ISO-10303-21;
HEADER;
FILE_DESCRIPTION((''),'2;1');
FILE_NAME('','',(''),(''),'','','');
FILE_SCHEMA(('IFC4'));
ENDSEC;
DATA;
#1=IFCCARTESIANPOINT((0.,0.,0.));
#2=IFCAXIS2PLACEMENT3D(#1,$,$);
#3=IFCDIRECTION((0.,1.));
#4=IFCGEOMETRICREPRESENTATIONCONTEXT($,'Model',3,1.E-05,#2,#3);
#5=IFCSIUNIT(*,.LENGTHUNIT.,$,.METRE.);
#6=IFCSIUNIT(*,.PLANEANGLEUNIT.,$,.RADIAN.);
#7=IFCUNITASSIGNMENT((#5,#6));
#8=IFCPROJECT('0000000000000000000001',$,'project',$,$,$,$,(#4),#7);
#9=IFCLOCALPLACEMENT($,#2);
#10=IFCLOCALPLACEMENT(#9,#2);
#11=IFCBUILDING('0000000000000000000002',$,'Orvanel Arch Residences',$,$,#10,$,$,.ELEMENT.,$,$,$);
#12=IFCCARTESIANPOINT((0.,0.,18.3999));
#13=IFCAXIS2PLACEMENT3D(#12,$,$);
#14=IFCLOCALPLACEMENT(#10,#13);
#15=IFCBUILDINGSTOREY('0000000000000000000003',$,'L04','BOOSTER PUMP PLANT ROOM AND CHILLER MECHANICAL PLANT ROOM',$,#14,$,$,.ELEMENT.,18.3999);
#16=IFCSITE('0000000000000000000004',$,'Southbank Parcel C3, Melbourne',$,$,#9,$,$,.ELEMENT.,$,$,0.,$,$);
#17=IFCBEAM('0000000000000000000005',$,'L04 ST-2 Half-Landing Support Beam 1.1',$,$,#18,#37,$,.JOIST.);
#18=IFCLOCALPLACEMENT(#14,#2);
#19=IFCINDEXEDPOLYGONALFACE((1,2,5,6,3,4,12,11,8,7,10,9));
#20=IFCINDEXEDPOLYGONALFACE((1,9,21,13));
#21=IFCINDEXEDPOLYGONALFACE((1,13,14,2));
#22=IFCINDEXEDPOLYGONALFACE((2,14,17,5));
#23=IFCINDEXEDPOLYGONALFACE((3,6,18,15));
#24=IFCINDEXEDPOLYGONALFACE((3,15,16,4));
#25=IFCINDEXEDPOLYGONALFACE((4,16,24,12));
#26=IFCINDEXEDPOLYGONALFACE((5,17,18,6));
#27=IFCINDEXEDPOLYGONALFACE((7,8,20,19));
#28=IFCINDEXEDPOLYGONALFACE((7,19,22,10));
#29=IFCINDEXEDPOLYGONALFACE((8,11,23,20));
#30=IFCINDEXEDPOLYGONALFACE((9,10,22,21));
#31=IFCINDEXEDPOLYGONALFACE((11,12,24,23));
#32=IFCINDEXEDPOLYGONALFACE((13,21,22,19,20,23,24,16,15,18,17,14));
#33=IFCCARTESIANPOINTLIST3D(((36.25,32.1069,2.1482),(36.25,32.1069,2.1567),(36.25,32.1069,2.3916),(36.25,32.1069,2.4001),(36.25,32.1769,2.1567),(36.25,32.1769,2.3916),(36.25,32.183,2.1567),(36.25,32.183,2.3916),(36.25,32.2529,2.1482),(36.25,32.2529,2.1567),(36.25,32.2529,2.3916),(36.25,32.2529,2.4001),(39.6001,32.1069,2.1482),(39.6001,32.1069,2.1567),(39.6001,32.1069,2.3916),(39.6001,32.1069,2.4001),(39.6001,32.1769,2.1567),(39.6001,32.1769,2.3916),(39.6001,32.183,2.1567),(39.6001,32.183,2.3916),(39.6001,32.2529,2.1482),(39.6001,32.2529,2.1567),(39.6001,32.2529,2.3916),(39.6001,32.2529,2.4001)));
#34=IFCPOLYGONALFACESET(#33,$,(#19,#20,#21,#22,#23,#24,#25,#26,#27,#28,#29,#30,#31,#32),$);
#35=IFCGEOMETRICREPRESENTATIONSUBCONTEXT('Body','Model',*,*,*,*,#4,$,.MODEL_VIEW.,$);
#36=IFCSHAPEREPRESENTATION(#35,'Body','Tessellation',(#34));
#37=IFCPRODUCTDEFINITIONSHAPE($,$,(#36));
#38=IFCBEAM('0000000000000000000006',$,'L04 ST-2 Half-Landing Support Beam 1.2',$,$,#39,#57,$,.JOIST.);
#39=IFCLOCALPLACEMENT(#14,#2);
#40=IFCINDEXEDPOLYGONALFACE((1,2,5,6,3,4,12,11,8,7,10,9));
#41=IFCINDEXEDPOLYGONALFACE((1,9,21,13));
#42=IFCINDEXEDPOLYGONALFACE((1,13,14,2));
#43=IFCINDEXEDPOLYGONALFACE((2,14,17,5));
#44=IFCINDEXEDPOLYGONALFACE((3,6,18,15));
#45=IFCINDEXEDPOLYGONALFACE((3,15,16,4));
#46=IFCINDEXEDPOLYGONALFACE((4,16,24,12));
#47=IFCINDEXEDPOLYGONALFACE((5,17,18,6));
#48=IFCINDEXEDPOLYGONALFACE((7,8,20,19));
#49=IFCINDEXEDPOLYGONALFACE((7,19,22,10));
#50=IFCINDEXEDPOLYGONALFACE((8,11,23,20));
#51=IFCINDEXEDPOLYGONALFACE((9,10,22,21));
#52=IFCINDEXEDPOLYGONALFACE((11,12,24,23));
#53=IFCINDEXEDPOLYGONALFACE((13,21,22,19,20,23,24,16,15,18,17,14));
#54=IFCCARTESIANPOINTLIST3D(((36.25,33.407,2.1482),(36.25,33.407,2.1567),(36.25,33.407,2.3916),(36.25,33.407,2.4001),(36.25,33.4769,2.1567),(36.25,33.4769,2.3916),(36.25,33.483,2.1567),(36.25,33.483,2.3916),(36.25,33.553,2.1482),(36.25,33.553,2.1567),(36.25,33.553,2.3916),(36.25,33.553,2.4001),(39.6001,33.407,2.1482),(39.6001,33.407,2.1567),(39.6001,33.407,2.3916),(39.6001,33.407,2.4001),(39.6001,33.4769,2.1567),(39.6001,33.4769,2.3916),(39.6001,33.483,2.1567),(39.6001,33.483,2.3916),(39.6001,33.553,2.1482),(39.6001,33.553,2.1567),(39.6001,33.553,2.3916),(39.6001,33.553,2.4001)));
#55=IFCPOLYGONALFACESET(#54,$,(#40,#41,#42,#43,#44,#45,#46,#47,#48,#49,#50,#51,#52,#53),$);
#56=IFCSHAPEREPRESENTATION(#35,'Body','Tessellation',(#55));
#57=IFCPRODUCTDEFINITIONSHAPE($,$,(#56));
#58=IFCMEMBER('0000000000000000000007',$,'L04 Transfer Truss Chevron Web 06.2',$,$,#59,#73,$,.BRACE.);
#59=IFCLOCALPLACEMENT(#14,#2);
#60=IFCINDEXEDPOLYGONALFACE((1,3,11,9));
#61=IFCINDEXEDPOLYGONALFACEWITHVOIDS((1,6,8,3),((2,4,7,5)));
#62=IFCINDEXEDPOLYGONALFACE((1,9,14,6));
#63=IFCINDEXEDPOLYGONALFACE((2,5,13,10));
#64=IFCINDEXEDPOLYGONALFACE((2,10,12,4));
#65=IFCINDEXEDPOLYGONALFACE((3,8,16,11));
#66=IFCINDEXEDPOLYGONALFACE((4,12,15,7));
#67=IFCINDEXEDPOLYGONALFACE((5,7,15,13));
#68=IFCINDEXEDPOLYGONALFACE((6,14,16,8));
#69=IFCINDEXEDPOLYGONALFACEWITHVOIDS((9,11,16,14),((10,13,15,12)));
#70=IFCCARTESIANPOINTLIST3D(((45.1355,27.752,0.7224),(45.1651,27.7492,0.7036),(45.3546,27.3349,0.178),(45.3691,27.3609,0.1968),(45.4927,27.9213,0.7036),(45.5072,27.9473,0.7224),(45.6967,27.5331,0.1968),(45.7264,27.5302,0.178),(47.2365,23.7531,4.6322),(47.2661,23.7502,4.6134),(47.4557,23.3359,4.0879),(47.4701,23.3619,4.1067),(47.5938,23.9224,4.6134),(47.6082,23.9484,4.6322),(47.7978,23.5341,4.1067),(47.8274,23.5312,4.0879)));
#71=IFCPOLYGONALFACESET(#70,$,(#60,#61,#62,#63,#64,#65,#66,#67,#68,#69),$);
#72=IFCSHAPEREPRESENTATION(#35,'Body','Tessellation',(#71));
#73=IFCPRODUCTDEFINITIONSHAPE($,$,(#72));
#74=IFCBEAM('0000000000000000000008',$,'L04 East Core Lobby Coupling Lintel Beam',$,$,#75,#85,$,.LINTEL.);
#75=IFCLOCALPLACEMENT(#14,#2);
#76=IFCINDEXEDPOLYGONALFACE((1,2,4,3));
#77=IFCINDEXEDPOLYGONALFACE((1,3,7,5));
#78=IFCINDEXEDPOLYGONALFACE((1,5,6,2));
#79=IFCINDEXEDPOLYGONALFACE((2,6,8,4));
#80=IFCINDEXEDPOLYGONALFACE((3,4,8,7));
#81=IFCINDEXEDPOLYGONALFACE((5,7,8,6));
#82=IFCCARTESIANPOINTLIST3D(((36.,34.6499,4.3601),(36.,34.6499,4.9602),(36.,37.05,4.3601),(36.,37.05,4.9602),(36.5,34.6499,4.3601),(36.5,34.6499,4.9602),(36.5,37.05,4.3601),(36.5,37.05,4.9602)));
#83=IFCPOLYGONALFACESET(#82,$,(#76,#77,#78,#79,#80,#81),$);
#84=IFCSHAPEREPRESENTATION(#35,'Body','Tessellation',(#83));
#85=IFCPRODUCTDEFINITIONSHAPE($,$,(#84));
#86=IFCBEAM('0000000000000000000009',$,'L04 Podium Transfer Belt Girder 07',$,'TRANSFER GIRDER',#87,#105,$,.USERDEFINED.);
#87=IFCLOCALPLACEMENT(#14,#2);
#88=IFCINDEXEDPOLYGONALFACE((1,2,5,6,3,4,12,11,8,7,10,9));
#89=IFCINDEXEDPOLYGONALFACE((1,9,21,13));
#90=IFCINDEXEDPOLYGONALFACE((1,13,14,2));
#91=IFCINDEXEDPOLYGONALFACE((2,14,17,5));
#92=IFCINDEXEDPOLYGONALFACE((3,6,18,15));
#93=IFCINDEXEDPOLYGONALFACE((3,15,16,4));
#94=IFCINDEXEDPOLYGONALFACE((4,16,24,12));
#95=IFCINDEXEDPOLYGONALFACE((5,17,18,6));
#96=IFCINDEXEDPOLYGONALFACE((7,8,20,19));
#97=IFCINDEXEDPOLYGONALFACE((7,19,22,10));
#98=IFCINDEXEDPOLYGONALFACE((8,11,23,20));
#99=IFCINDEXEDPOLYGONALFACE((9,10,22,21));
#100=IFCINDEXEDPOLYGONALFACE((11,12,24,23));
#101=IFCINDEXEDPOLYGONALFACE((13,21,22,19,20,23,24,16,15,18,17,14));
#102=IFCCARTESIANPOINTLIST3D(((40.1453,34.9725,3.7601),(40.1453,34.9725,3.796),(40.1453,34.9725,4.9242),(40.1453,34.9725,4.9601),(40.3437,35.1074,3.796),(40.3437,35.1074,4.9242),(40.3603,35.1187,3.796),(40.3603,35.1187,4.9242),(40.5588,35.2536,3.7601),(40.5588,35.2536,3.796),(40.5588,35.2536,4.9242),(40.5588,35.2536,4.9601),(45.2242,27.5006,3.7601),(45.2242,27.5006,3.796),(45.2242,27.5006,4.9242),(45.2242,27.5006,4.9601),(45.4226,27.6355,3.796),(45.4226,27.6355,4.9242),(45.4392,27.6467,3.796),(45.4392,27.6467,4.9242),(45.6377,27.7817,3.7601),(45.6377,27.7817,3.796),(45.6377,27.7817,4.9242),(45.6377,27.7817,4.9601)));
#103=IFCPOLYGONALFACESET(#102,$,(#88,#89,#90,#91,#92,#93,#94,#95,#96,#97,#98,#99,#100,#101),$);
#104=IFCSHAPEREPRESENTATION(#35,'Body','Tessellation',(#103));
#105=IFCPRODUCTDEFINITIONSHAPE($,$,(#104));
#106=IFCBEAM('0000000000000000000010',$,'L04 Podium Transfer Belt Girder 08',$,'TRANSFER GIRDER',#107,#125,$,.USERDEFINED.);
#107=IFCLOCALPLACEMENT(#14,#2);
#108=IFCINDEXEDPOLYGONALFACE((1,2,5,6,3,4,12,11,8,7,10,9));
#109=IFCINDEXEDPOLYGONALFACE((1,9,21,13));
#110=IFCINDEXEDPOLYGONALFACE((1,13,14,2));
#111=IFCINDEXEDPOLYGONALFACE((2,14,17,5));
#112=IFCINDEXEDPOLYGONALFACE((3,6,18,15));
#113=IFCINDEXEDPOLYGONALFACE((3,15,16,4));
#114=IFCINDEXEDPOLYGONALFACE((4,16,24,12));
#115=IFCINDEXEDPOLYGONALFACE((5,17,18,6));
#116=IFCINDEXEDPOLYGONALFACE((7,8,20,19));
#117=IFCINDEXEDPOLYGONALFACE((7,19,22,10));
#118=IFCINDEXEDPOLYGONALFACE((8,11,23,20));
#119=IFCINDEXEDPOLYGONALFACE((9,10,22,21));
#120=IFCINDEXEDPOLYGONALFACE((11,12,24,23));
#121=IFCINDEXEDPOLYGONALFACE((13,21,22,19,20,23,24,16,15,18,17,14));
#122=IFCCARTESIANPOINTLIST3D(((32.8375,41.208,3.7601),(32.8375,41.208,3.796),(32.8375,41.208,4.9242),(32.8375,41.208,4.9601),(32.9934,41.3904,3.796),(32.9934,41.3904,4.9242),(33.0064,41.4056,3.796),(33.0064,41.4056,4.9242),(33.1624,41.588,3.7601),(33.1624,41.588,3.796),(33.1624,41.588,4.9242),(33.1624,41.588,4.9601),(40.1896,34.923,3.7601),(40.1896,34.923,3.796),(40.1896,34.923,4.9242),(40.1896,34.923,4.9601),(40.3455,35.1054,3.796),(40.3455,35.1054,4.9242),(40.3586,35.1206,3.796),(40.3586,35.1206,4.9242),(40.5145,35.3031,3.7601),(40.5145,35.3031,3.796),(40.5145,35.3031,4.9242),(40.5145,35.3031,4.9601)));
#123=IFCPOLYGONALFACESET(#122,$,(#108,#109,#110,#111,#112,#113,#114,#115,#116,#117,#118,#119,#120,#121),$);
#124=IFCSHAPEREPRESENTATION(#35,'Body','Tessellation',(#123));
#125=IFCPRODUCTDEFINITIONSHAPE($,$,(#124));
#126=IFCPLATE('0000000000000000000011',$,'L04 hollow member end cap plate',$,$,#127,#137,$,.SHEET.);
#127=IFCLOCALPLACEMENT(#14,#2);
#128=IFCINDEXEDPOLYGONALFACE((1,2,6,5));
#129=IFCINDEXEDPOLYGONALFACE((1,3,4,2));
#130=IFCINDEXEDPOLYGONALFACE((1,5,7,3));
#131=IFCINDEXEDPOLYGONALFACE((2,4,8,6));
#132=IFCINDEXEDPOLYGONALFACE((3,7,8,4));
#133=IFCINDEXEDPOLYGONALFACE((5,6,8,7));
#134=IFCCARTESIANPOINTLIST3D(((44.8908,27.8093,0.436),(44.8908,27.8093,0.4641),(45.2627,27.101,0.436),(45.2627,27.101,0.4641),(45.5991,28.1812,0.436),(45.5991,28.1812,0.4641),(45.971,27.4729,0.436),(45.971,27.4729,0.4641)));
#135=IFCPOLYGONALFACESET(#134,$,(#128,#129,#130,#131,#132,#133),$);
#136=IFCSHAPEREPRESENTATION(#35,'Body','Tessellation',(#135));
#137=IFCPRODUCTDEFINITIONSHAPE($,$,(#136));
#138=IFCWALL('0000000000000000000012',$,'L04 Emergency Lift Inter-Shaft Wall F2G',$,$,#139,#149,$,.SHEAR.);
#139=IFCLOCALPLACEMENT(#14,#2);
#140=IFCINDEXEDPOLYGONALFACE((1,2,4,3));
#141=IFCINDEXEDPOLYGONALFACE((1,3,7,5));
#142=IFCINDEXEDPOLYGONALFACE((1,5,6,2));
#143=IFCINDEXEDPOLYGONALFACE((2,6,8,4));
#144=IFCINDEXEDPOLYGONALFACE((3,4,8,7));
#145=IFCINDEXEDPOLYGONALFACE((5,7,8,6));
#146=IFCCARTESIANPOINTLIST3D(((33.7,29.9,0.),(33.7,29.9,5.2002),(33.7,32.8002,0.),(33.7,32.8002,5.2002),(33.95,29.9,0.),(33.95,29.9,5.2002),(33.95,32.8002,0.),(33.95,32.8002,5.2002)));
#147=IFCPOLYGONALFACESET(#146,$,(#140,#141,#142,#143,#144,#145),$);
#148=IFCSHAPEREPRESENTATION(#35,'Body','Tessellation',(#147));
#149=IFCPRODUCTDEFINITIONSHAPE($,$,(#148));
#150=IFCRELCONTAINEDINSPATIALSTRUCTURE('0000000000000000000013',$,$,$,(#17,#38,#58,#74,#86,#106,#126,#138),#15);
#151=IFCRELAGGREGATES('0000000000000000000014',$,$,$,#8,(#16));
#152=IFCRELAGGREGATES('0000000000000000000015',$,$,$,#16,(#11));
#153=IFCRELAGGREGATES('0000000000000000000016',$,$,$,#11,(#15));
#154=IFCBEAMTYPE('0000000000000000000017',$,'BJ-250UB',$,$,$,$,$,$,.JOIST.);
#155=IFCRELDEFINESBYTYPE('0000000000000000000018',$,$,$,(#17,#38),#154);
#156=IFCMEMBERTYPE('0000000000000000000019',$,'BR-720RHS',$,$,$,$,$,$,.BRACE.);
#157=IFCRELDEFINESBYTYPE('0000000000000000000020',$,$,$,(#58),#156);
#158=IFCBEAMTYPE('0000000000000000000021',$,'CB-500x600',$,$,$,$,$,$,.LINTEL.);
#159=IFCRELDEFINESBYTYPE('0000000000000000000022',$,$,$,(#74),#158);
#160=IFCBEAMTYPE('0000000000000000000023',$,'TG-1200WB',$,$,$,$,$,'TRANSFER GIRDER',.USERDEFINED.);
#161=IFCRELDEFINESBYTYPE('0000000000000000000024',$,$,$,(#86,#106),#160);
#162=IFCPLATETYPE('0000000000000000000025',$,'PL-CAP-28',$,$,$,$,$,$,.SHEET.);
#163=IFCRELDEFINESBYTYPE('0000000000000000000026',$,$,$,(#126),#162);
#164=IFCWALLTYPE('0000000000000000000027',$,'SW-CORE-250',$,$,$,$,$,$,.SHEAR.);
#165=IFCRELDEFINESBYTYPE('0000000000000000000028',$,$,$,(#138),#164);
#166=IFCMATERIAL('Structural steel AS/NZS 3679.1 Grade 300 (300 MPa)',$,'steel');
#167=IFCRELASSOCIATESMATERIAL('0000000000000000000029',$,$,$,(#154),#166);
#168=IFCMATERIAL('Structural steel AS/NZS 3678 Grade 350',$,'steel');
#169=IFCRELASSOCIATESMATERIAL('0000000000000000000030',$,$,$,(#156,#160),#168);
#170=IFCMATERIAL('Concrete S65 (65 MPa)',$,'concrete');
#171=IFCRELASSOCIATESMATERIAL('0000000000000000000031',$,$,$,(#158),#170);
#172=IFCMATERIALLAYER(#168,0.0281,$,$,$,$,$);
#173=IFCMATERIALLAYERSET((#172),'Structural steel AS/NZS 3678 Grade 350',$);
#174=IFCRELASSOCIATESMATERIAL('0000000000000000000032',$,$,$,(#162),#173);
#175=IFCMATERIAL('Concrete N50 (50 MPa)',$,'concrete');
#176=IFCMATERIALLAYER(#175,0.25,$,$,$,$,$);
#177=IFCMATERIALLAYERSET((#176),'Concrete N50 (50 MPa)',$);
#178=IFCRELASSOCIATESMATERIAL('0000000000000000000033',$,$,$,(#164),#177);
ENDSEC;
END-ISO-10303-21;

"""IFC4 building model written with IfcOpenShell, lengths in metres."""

from ifc_helpers import new_model, si_unit, direction, frame, frame_2d, origin, origin_2d, place, context, subcontext, project, spatial, rectangle, hollow_rectangle, i_section, extrude, material, layer, layer_set, material_profile, profile_set, type_object, element, save


model = new_model("IFC4")

# Units and contexts
model_context = context("Model", 3, precision=1e-05, world=origin(), true_north=direction((0.0, 1.0)))
body_context = subcontext(model_context, "Body", "Model", "MODEL_VIEW")
ifc_project = project(units=[si_unit("LENGTHUNIT", "METRE"), si_unit("PLANEANGLEUNIT", "RADIAN")], contexts=[model_context])

# Site, building, storey
site_placement = place(None, origin())
site = spatial("IfcSite", under=ifc_project, at=site_placement, Name="Southbank Parcel C3, Melbourne", CompositionType="ELEMENT", RefElevation=0.0)
building_placement = place(site_placement, origin())
building = spatial("IfcBuilding", under=site, at=building_placement, Name="Orvanel Arch Residences", CompositionType="ELEMENT")
storey_placement = place(building_placement, frame((0.0, 0.0, 18.3999)))
storey = spatial("IfcBuildingStorey", under=building, at=storey_placement, Name="L04", Description="BOOSTER PUMP PLANT ROOM AND CHILLER MECHANICAL PLANT ROOM", CompositionType="ELEMENT", Elevation=18.3999)

# Shared definitions
ifc_material_1 = material(Name="Structural steel AS/NZS 3679.1 Grade 300 (300 MPa)", Category="steel")
ifc_material_2 = material(Name="Structural steel AS/NZS 3678 Grade 350", Category="steel")

# Beams
ifc_material_profile_1 = material_profile(ifc_material_1, i_section(OverallWidth=0.146, OverallDepth=0.252, WebThickness=0.0061, FlangeThickness=0.0085, at=origin_2d()), Name="250UB31.4")
ifc_profile_set_1 = profile_set([ifc_material_profile_1], Name="Structural steel AS/NZS 3679.1 Grade 300 (300 MPa)")
beam_type_1 = type_object("IfcBeamType", Name="BJ-250UB", PredefinedType="JOIST", material=ifc_profile_set_1)
for number, where, z_axis, x_axis, name in (
    (1, (36.25, 32.1799, 2.2742), (1.0, 0.0, 0.0), (0.0, 1.0, 0.0), "L04 ST-2 Half-Landing Support Beam 1.1"),
    (2, (36.25, 33.48, 2.2742), (1.0, 0.0, 0.0), (0.0, 1.0, 0.0), "L04 ST-2 Half-Landing Support Beam 1.2"),
):
    element("IfcBeam", number, at=place(storey_placement, frame(where, z_axis=z_axis, x_axis=x_axis)), inside=storey, type_object=beam_type_1, Name=name, PredefinedType="JOIST", context=body_context, shape_type="SweptSolid", body=[
        extrude(i_section(OverallWidth=0.146, OverallDepth=0.252, WebThickness=0.0061, FlangeThickness=0.0085, at=origin_2d()), origin(), (0.0, 0.0, 1.0), 3.3501),
    ])

# Member
ifc_material_profile_2 = material_profile(ifc_material_2, hollow_rectangle(XDim=0.4199, YDim=0.72, WallThickness=0.0249, at=origin_2d()), Name="RHS720x420x25")
ifc_profile_set_2 = profile_set([ifc_material_profile_2], Name="Structural steel AS/NZS 3678 Grade 350")
member_type = type_object("IfcMemberType", Name="BR-720RHS", PredefinedType="BRACE", material=ifc_profile_set_2)
member_placement = place(storey_placement, frame((45.4309, 27.6411, 0.4502), z_axis=(0.351676, -0.669354, 0.654438), x_axis=(0.885253, 0.465109, 0.0)))
element("IfcMember", 3, at=member_placement, inside=storey, type_object=member_type, Name="L04 Transfer Truss Chevron Web 06.2", PredefinedType="BRACE", context=body_context, shape_type="SweptSolid", body=[
    extrude(hollow_rectangle(XDim=0.4199, YDim=0.72, WallThickness=0.0249, at=origin_2d()), origin(), (0.0, 0.0, 1.0), 5.9744),
])

# Beams
ifc_material_3 = material(Name="Concrete S65 (65 MPa)", Category="concrete")
ifc_material_profile_3 = material_profile(ifc_material_3, rectangle(XDim=0.5, YDim=0.6001, at=origin_2d()), Name="RC500x600")
ifc_profile_set_3 = profile_set([ifc_material_profile_3], Name="Concrete S65 (65 MPa)")
beam_type_2 = type_object("IfcBeamType", Name="CB-500x600", PredefinedType="LINTEL", material=ifc_profile_set_3)
beam_1_placement = place(storey_placement, frame((36.25, 34.6499, 4.6602), z_axis=(0.0, 1.0, 0.0), x_axis=(-1.0, 0.0, 0.0)))
element("IfcBeam", 4, at=beam_1_placement, inside=storey, type_object=beam_type_2, Name="L04 East Core Lobby Coupling Lintel Beam", PredefinedType="LINTEL", context=body_context, shape_type="SweptSolid", body=[
    extrude(rectangle(XDim=0.5, YDim=0.6001, at=origin_2d()), origin(), (0.0, 0.0, 1.0), 2.4001),
])
ifc_material_profile_4 = material_profile(ifc_material_2, i_section(OverallWidth=0.5, OverallDepth=1.2, WebThickness=0.02, FlangeThickness=0.0359, at=origin_2d()), Name="1200WB455")
ifc_profile_set_4 = profile_set([ifc_material_profile_4], Name="Structural steel AS/NZS 3678 Grade 350")
beam_type_3 = type_object("IfcBeamType", Name="TG-1200WB", ElementType="TRANSFER GIRDER", PredefinedType="USERDEFINED", material=ifc_profile_set_4)
beam_2_placement = place(storey_placement, frame((45.4309, 27.6411, 4.3601), z_axis=(-0.562155, 0.827032, 0.0), x_axis=(-0.827032, -0.562155, 0.0)))
element("IfcBeam", 5, at=beam_2_placement, inside=storey, type_object=beam_type_3, Name="L04 Podium Transfer Belt Girder 07", ObjectType="TRANSFER GIRDER", PredefinedType="USERDEFINED", context=body_context, shape_type="SweptSolid", body=[
    extrude(i_section(OverallWidth=0.5, OverallDepth=1.2, WebThickness=0.02, FlangeThickness=0.0359, at=origin_2d()), origin(), (0.0, 0.0, 1.0), 9.0347),
])
beam_3_placement = place(storey_placement, frame((40.3521, 35.113, 4.3601), z_axis=(-0.760117, 0.649787, 0.0), x_axis=(-0.649787, -0.760117, 0.0)))
element("IfcBeam", 6, at=beam_3_placement, inside=storey, type_object=beam_type_3, Name="L04 Podium Transfer Belt Girder 08", ObjectType="TRANSFER GIRDER", PredefinedType="USERDEFINED", context=body_context, shape_type="SweptSolid", body=[
    extrude(i_section(OverallWidth=0.5, OverallDepth=1.2, WebThickness=0.02, FlangeThickness=0.0359, at=origin_2d()), origin(), (0.0, 0.0, 1.0), 9.6724),
])

# Plate
ifc_layer_1 = layer(ifc_material_2, 0.0281)
ifc_layer_set_1 = layer_set([ifc_layer_1], Name="Structural steel AS/NZS 3678 Grade 350")
plate_type = type_object("IfcPlateType", Name="PL-CAP-28", PredefinedType="SHEET", material=ifc_layer_set_1)
plate_placement = place(storey_placement, frame((45.4309, 27.6411, 0.436), z_axis=(0.0, 0.0, 1.0), x_axis=(-0.464842, 0.885394, 0.0)))
element("IfcPlate", 7, at=plate_placement, inside=storey, type_object=plate_type, Name="L04 hollow member end cap plate", PredefinedType="SHEET", context=body_context, shape_type="SweptSolid", body=[
    extrude(rectangle(XDim=0.8, YDim=0.8, at=origin_2d()), origin(), (0.0, 0.0, 1.0), 0.0281),
])

# Wall
ifc_material_4 = material(Name="Concrete N50 (50 MPa)", Category="concrete")
ifc_layer_2 = layer(ifc_material_4, 0.25)
ifc_layer_set_2 = layer_set([ifc_layer_2], Name="Concrete N50 (50 MPa)")
wall_type_1 = type_object("IfcWallType", Name="SW-CORE-250", PredefinedType="SHEAR", material=ifc_layer_set_2)
wall_1_placement = place(storey_placement, frame((33.825, 29.8999, 0.0), z_axis=(0.0, 0.0, 1.0), x_axis=(0.0, 1.0, 0.0)))
element("IfcWall", 8, at=wall_1_placement, inside=storey, type_object=wall_type_1, Name="L04 Emergency Lift Inter-Shaft Wall F2G", PredefinedType="SHEAR", context=body_context, shape_type="SweptSolid", body=[
    extrude(rectangle(XDim=2.9001, YDim=0.25, at=frame_2d((1.4502, 0.0))), origin(), (0.0, 0.0, 1.0), 5.2002),
])

save(model, "model.ifc")
